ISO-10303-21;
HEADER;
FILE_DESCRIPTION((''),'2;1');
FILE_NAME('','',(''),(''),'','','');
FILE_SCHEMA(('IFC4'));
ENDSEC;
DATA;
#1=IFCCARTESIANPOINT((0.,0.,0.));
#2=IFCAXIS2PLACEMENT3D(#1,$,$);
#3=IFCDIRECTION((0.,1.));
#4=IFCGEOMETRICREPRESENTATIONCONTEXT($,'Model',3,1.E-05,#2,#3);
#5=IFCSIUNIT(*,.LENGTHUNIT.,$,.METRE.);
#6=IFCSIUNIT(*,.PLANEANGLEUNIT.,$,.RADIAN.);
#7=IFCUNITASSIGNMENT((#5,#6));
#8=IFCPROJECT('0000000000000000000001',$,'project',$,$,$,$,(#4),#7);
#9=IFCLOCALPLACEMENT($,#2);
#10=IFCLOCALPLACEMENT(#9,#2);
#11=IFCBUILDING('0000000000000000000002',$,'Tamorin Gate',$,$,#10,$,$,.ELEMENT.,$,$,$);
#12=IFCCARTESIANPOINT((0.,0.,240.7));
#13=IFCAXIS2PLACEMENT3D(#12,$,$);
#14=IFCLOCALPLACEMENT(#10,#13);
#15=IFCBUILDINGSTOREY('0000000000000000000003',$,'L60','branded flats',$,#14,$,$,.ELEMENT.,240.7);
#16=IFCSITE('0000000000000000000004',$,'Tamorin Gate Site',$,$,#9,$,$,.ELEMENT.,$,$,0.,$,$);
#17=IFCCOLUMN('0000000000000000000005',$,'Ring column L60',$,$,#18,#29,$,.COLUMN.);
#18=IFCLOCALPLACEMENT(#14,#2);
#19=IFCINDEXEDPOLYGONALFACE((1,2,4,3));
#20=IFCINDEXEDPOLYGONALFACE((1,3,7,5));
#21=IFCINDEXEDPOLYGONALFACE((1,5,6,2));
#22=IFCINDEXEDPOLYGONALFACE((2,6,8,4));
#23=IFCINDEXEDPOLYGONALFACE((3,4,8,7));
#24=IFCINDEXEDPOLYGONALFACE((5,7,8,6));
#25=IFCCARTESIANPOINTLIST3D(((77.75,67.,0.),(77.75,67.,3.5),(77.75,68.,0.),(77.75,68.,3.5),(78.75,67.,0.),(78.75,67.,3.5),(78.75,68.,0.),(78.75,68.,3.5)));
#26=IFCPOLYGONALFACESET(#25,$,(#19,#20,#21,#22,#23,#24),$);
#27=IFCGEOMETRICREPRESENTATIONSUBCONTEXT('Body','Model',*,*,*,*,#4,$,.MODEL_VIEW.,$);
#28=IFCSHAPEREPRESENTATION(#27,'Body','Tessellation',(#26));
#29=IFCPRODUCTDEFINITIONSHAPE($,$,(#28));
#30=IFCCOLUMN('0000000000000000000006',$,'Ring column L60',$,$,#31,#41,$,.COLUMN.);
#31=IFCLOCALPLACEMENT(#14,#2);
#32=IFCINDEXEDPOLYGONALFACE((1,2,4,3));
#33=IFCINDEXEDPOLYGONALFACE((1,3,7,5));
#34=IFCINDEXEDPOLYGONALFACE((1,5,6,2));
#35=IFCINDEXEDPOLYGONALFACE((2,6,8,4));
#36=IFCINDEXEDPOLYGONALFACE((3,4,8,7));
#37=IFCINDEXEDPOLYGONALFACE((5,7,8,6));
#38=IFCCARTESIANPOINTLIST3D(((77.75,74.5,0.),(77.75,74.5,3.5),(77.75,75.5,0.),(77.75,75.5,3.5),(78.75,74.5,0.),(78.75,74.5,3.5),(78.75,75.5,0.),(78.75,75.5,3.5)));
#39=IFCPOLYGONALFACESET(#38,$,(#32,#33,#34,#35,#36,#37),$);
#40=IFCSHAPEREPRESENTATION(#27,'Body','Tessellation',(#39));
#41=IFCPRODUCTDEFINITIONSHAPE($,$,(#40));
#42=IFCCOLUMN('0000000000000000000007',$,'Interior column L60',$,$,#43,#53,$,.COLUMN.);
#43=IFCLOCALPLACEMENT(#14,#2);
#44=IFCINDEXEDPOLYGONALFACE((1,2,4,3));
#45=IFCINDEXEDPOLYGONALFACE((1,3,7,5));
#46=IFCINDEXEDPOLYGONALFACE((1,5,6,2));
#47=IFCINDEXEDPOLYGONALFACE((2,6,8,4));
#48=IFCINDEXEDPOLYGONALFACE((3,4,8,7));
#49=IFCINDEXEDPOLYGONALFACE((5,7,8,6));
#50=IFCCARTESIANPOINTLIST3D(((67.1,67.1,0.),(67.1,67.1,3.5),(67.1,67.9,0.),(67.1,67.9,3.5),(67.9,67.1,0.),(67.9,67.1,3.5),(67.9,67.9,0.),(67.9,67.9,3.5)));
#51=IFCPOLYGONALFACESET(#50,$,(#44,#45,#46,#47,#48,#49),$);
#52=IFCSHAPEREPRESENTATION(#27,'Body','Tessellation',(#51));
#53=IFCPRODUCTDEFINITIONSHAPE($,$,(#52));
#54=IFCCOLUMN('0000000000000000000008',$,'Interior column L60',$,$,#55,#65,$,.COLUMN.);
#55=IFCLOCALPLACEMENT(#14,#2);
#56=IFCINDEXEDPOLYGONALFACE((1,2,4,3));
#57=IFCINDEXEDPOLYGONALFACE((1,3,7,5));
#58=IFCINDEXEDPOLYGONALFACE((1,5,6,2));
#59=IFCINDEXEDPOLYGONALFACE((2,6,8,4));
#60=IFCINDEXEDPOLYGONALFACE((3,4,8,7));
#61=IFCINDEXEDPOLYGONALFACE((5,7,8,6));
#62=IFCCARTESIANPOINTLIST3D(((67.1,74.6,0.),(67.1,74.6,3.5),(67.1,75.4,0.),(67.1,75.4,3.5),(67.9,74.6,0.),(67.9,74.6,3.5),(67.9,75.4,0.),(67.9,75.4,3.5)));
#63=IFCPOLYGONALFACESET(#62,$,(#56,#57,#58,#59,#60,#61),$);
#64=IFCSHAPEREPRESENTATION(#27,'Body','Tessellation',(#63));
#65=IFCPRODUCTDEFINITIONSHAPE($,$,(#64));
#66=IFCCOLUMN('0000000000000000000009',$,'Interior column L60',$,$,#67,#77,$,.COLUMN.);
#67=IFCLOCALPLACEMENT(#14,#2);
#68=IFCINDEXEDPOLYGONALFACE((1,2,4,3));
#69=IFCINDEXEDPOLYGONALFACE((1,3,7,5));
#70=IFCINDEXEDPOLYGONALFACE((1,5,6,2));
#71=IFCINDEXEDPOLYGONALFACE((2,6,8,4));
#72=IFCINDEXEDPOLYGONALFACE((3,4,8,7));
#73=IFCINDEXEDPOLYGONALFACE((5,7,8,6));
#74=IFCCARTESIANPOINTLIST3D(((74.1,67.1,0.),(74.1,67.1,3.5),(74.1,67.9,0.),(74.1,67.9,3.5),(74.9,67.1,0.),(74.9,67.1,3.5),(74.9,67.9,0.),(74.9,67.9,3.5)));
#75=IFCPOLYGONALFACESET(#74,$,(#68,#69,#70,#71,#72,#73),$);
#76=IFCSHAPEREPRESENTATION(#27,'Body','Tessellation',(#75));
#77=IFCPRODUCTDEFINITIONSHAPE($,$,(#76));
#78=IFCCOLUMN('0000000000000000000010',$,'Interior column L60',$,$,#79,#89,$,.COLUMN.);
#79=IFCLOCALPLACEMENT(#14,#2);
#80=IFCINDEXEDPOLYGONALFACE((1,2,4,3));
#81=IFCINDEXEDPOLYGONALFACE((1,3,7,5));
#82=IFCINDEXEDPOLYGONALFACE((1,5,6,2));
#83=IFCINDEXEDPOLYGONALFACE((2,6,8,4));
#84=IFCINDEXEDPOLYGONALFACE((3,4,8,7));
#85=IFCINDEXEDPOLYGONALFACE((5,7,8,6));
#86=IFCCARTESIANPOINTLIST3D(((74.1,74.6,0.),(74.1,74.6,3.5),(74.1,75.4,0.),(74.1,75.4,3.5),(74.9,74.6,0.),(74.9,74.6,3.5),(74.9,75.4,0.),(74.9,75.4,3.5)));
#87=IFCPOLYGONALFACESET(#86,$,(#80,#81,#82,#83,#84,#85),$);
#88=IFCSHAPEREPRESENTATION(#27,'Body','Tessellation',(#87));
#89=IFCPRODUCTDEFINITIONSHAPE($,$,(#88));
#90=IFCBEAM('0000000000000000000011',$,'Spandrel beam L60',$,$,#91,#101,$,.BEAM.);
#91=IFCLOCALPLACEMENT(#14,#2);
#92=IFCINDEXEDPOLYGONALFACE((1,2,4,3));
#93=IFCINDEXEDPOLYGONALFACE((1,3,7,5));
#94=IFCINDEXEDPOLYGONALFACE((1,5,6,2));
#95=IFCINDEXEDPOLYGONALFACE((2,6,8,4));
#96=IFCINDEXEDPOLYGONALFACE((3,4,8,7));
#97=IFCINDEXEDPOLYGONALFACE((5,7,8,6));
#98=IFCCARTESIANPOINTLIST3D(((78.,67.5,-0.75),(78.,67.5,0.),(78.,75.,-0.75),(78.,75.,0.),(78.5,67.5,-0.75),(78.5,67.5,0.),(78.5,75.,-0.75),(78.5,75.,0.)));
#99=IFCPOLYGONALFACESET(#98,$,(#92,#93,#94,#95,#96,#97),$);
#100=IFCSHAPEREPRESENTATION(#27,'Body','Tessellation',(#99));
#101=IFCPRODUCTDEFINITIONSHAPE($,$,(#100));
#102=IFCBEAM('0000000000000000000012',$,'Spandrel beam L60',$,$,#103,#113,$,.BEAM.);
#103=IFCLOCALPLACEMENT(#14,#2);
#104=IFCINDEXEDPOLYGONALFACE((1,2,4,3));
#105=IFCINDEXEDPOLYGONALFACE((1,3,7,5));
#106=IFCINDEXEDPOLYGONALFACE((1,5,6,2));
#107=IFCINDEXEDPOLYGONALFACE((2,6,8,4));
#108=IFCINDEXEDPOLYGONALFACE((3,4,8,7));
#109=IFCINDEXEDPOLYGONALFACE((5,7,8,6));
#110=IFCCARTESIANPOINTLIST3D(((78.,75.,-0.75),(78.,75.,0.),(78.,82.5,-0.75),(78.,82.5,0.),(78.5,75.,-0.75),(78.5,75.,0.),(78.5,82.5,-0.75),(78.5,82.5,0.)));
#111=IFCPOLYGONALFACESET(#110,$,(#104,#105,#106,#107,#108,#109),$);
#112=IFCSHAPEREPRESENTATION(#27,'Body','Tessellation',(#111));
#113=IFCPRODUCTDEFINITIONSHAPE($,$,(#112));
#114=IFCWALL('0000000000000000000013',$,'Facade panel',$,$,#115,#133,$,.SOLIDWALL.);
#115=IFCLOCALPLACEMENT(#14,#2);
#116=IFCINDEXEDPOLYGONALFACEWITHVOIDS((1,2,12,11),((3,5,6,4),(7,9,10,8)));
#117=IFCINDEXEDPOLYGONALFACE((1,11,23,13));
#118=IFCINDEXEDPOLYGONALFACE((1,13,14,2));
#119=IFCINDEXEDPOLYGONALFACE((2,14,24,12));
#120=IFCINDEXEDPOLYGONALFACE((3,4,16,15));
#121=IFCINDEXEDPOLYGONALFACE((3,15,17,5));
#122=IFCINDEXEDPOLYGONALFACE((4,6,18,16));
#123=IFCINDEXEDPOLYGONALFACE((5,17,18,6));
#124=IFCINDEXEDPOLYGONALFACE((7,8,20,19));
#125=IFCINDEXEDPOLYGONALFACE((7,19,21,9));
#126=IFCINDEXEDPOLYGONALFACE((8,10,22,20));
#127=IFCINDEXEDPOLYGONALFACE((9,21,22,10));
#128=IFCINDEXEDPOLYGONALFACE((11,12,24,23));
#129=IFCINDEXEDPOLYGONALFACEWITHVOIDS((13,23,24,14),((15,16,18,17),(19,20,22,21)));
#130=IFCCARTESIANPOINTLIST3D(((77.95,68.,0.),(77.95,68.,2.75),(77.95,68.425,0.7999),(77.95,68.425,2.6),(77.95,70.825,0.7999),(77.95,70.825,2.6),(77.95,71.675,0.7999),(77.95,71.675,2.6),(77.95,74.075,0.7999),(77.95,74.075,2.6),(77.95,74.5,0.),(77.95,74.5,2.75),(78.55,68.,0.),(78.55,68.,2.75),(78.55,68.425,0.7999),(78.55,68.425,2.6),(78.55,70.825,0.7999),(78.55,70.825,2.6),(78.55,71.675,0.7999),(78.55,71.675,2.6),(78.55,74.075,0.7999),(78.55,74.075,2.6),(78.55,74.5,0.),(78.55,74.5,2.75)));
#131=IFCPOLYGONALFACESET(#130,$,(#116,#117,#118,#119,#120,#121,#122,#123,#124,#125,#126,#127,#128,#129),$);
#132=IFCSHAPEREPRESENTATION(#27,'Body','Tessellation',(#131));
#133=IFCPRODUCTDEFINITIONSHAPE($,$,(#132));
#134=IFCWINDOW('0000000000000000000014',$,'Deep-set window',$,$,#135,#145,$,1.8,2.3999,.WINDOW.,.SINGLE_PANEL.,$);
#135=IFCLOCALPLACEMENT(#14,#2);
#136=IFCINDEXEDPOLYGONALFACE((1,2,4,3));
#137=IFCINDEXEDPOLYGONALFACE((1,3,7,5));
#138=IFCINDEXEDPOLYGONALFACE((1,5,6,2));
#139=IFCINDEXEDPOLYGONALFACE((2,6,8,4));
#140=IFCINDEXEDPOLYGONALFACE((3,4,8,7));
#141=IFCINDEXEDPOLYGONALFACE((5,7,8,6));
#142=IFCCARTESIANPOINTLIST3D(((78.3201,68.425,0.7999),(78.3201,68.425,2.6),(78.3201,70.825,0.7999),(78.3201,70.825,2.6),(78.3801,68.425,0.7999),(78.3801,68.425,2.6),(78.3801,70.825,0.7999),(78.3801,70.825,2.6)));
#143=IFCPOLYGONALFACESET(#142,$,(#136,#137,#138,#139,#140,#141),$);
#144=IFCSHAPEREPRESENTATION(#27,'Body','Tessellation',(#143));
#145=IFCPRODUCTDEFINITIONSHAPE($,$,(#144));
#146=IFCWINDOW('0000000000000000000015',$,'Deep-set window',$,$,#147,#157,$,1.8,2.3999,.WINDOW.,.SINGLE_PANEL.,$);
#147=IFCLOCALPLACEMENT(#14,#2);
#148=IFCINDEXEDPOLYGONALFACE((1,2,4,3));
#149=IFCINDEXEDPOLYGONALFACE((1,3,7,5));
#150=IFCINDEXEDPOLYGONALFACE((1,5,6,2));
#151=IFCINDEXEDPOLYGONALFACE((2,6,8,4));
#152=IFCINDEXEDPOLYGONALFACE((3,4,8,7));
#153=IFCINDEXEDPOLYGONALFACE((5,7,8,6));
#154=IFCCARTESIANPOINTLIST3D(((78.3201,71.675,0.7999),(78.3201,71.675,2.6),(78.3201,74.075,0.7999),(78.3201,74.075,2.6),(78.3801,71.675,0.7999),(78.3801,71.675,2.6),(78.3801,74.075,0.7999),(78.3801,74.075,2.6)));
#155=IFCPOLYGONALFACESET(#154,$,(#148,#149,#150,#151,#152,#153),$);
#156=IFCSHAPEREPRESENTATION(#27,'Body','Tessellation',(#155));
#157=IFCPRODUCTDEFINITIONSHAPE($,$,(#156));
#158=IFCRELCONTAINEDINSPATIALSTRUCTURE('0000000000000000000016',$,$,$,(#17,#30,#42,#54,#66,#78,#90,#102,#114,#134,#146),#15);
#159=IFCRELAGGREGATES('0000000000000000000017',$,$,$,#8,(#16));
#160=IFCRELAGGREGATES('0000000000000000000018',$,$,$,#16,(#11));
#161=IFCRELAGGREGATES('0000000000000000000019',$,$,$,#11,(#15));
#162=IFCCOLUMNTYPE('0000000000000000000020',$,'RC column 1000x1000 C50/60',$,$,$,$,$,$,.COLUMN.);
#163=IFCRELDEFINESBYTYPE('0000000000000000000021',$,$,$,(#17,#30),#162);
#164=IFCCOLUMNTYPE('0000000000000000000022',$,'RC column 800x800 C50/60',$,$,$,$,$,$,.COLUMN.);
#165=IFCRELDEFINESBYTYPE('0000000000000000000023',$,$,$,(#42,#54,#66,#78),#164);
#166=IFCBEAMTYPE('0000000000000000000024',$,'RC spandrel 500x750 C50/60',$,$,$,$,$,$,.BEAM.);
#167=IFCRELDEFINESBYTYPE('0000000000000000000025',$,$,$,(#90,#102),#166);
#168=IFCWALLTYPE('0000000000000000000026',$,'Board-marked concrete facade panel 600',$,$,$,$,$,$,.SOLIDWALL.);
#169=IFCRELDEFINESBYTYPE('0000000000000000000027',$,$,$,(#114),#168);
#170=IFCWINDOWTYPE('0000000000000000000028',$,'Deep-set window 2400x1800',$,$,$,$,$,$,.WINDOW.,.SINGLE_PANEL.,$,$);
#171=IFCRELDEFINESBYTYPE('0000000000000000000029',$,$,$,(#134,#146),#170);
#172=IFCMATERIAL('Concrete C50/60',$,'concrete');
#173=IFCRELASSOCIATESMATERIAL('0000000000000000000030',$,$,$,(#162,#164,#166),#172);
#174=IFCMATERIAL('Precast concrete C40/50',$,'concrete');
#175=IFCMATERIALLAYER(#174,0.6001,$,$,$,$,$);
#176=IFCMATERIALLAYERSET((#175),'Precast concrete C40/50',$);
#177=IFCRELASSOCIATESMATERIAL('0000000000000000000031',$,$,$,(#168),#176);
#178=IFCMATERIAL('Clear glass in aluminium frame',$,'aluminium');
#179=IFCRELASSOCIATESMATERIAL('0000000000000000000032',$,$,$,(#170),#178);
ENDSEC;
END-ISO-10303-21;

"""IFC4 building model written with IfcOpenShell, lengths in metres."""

from ifc_helpers import new_model, si_unit, direction, frame, frame_2d, origin, origin_2d, place, context, subcontext, project, spatial, rectangle, extrude, material, layer, layer_set, material_profile, profile_set, type_object, element, fill, save


model = new_model("IFC4")

# Units and contexts
model_context = context("Model", 3, precision=1e-05, world=origin(), true_north=direction((0.0, 1.0)))
body_context = subcontext(model_context, "Body", "Model", "MODEL_VIEW")
ifc_project = project(units=[si_unit("LENGTHUNIT", "METRE"), si_unit("PLANEANGLEUNIT", "RADIAN")], contexts=[model_context])

# Site, building, storey
site_placement = place(None, origin())
site = spatial("IfcSite", under=ifc_project, at=site_placement, Name="Tamorin Gate Site", CompositionType="ELEMENT", RefElevation=0.0)
building_placement = place(site_placement, origin())
building = spatial("IfcBuilding", under=site, at=building_placement, Name="Tamorin Gate", CompositionType="ELEMENT")
storey_placement = place(building_placement, frame((0.0, 0.0, 240.7)))
storey = spatial("IfcBuildingStorey", under=building, at=storey_placement, Name="L60", Description="branded flats", CompositionType="ELEMENT", Elevation=240.7)

# Columns
ifc_material_1 = material(Name="Concrete C50/60", Category="concrete")
ifc_material_profile_1 = material_profile(ifc_material_1, rectangle(XDim=1.0, YDim=1.0, at=origin_2d()), Name="RC 1000x1000")
ifc_profile_set_1 = profile_set([ifc_material_profile_1], Name="Concrete C50/60")
column_type_1 = type_object("IfcColumnType", Name="RC column 1000x1000 C50/60", PredefinedType="COLUMN", material=ifc_profile_set_1)
for number, where, z_axis, x_axis, name in (
    (1, (78.25, 67.5, 0.0), (0.0, 0.0, 1.0), (1.0, 0.0, 0.0), "Ring column L60"),
    (2, (78.25, 75.0, 0.0), (0.0, 0.0, 1.0), (1.0, 0.0, 0.0), "Ring column L60"),
):
    element("IfcColumn", number, at=place(storey_placement, frame(where, z_axis=z_axis, x_axis=x_axis)), inside=storey, type_object=column_type_1, Name=name, PredefinedType="COLUMN", context=body_context, shape_type="SweptSolid", body=[
        extrude(rectangle(XDim=1.0, YDim=1.0, at=origin_2d()), origin(), (0.0, 0.0, 1.0), 3.5),
    ])
ifc_material_profile_2 = material_profile(ifc_material_1, rectangle(XDim=0.8, YDim=0.8, at=origin_2d()), Name="RC 800x800")
ifc_profile_set_2 = profile_set([ifc_material_profile_2], Name="Concrete C50/60")
column_type_2 = type_object("IfcColumnType", Name="RC column 800x800 C50/60", PredefinedType="COLUMN", material=ifc_profile_set_2)
for number, where, z_axis, x_axis, name in (
    (3, (67.5, 67.5, 0.0), (0.0, 0.0, 1.0), (1.0, 0.0, 0.0), "Interior column L60"),
    (4, (67.5, 75.0, 0.0), (0.0, 0.0, 1.0), (1.0, 0.0, 0.0), "Interior column L60"),
    (5, (74.5, 67.5, 0.0), (0.0, 0.0, 1.0), (1.0, 0.0, 0.0), "Interior column L60"),
    (6, (74.5, 75.0, 0.0), (0.0, 0.0, 1.0), (1.0, 0.0, 0.0), "Interior column L60"),
):
    element("IfcColumn", number, at=place(storey_placement, frame(where, z_axis=z_axis, x_axis=x_axis)), inside=storey, type_object=column_type_2, Name=name, PredefinedType="COLUMN", context=body_context, shape_type="SweptSolid", body=[
        extrude(rectangle(XDim=0.8, YDim=0.8, at=origin_2d()), origin(), (0.0, 0.0, 1.0), 3.5),
    ])

# Beams
ifc_material_profile_3 = material_profile(ifc_material_1, rectangle(XDim=0.5, YDim=0.75, at=origin_2d()), Name="RC 500x750")
ifc_profile_set_3 = profile_set([ifc_material_profile_3], Name="Concrete C50/60")
beam_type = type_object("IfcBeamType", Name="RC spandrel 500x750 C50/60", PredefinedType="BEAM", material=ifc_profile_set_3)
for number, where, z_axis, x_axis, name in (
    (7, (78.25, 67.5, -0.375), (0.0, 1.0, 0.0), (-1.0, 0.0, 0.0), "Spandrel beam L60"),
    (8, (78.25, 75.0, -0.375), (0.0, 1.0, 0.0), (-1.0, 0.0, 0.0), "Spandrel beam L60"),
):
    element("IfcBeam", number, at=place(storey_placement, frame(where, z_axis=z_axis, x_axis=x_axis)), inside=storey, type_object=beam_type, Name=name, PredefinedType="BEAM", context=body_context, shape_type="SweptSolid", body=[
        extrude(rectangle(XDim=0.5, YDim=0.75, at=origin_2d()), origin(), (0.0, 0.0, 1.0), 7.5),
    ])

# Wall, openings, windows
ifc_material_2 = material(Name="Precast concrete C40/50", Category="concrete")
ifc_layer_1 = layer(ifc_material_2, 0.6001)
ifc_layer_set_1 = layer_set([ifc_layer_1], Name="Precast concrete C40/50")
wall_type_1 = type_object("IfcWallType", Name="Board-marked concrete facade panel 600", PredefinedType="SOLIDWALL", material=ifc_layer_set_1)
wall_1_placement = place(storey_placement, frame((78.25, 68.0, 0.0), z_axis=(0.0, 0.0, 1.0), x_axis=(0.0, 1.0, 0.0)))
wall_1 = element("IfcWall", 9, at=wall_1_placement, inside=storey, type_object=wall_type_1, Name="Facade panel", PredefinedType="SOLIDWALL", context=body_context, shape_type="SweptSolid", body=[
    extrude(rectangle(XDim=6.5, YDim=0.6001, at=frame_2d((3.25, 0.0))), origin(), (0.0, 0.0, 1.0), 2.75),
])
opening_1_placement = place(wall_1_placement, frame((0.425, 0.0, 0.8)))
opening_1 = element("IfcOpeningElement", 10, at=opening_1_placement, cuts=wall_1, PredefinedType="OPENING", context=body_context, shape_type="SweptSolid", body=[
    extrude(rectangle(XDim=2.3999, YDim=1.8, at=frame_2d((1.2, 0.8999))), frame((0.0, 0.3101, 0.0), z_axis=(0.0, -1.0, 0.0), x_axis=(1.0, 0.0, 0.0)), (0.0, 0.0, 1.0), 0.6201),
])
opening_2_placement = place(wall_1_placement, frame((3.675, 0.0, 0.8)))
opening_2 = element("IfcOpeningElement", 11, at=opening_2_placement, cuts=wall_1, PredefinedType="OPENING", context=body_context, shape_type="SweptSolid", body=[
    extrude(rectangle(XDim=2.3999, YDim=1.8, at=frame_2d((1.2, 0.8999))), frame((0.0, 0.3101, 0.0), z_axis=(0.0, -1.0, 0.0), x_axis=(1.0, 0.0, 0.0)), (0.0, 0.0, 1.0), 0.6201),
])
ifc_material_3 = material(Name="Clear glass in aluminium frame", Category="aluminium")
window_type = type_object("IfcWindowType", Name="Deep-set window 2400x1800", PartitioningType="SINGLE_PANEL", PredefinedType="WINDOW", material=ifc_material_3)
window_1_placement = place(opening_1_placement, origin())
window_1 = element("IfcWindow", 12, at=window_1_placement, inside=storey, type_object=window_type, Name="Deep-set window", OverallHeight=1.8, OverallWidth=2.3999, PartitioningType="SINGLE_PANEL", PredefinedType="WINDOW", context=body_context, shape_type="SweptSolid", body=[
    extrude(rectangle(XDim=2.3999, YDim=1.8, at=frame_2d((1.2, 0.8999))), frame((0.0, -0.0701, 0.0), z_axis=(0.0, -1.0, 0.0), x_axis=(1.0, 0.0, 0.0)), (0.0, 0.0, 1.0), 0.0601),
])
fill(opening_1, window_1)
window_2_placement = place(opening_2_placement, origin())
window_2 = element("IfcWindow", 13, at=window_2_placement, inside=storey, type_object=window_type, Name="Deep-set window", OverallHeight=1.8, OverallWidth=2.3999, PartitioningType="SINGLE_PANEL", PredefinedType="WINDOW", context=body_context, shape_type="SweptSolid", body=[
    extrude(rectangle(XDim=2.3999, YDim=1.8, at=frame_2d((1.2, 0.8999))), frame((0.0, -0.0701, 0.0), z_axis=(0.0, -1.0, 0.0), x_axis=(1.0, 0.0, 0.0)), (0.0, 0.0, 1.0), 0.0601),
])
fill(opening_2, window_2)

save(model, "model.ifc")
